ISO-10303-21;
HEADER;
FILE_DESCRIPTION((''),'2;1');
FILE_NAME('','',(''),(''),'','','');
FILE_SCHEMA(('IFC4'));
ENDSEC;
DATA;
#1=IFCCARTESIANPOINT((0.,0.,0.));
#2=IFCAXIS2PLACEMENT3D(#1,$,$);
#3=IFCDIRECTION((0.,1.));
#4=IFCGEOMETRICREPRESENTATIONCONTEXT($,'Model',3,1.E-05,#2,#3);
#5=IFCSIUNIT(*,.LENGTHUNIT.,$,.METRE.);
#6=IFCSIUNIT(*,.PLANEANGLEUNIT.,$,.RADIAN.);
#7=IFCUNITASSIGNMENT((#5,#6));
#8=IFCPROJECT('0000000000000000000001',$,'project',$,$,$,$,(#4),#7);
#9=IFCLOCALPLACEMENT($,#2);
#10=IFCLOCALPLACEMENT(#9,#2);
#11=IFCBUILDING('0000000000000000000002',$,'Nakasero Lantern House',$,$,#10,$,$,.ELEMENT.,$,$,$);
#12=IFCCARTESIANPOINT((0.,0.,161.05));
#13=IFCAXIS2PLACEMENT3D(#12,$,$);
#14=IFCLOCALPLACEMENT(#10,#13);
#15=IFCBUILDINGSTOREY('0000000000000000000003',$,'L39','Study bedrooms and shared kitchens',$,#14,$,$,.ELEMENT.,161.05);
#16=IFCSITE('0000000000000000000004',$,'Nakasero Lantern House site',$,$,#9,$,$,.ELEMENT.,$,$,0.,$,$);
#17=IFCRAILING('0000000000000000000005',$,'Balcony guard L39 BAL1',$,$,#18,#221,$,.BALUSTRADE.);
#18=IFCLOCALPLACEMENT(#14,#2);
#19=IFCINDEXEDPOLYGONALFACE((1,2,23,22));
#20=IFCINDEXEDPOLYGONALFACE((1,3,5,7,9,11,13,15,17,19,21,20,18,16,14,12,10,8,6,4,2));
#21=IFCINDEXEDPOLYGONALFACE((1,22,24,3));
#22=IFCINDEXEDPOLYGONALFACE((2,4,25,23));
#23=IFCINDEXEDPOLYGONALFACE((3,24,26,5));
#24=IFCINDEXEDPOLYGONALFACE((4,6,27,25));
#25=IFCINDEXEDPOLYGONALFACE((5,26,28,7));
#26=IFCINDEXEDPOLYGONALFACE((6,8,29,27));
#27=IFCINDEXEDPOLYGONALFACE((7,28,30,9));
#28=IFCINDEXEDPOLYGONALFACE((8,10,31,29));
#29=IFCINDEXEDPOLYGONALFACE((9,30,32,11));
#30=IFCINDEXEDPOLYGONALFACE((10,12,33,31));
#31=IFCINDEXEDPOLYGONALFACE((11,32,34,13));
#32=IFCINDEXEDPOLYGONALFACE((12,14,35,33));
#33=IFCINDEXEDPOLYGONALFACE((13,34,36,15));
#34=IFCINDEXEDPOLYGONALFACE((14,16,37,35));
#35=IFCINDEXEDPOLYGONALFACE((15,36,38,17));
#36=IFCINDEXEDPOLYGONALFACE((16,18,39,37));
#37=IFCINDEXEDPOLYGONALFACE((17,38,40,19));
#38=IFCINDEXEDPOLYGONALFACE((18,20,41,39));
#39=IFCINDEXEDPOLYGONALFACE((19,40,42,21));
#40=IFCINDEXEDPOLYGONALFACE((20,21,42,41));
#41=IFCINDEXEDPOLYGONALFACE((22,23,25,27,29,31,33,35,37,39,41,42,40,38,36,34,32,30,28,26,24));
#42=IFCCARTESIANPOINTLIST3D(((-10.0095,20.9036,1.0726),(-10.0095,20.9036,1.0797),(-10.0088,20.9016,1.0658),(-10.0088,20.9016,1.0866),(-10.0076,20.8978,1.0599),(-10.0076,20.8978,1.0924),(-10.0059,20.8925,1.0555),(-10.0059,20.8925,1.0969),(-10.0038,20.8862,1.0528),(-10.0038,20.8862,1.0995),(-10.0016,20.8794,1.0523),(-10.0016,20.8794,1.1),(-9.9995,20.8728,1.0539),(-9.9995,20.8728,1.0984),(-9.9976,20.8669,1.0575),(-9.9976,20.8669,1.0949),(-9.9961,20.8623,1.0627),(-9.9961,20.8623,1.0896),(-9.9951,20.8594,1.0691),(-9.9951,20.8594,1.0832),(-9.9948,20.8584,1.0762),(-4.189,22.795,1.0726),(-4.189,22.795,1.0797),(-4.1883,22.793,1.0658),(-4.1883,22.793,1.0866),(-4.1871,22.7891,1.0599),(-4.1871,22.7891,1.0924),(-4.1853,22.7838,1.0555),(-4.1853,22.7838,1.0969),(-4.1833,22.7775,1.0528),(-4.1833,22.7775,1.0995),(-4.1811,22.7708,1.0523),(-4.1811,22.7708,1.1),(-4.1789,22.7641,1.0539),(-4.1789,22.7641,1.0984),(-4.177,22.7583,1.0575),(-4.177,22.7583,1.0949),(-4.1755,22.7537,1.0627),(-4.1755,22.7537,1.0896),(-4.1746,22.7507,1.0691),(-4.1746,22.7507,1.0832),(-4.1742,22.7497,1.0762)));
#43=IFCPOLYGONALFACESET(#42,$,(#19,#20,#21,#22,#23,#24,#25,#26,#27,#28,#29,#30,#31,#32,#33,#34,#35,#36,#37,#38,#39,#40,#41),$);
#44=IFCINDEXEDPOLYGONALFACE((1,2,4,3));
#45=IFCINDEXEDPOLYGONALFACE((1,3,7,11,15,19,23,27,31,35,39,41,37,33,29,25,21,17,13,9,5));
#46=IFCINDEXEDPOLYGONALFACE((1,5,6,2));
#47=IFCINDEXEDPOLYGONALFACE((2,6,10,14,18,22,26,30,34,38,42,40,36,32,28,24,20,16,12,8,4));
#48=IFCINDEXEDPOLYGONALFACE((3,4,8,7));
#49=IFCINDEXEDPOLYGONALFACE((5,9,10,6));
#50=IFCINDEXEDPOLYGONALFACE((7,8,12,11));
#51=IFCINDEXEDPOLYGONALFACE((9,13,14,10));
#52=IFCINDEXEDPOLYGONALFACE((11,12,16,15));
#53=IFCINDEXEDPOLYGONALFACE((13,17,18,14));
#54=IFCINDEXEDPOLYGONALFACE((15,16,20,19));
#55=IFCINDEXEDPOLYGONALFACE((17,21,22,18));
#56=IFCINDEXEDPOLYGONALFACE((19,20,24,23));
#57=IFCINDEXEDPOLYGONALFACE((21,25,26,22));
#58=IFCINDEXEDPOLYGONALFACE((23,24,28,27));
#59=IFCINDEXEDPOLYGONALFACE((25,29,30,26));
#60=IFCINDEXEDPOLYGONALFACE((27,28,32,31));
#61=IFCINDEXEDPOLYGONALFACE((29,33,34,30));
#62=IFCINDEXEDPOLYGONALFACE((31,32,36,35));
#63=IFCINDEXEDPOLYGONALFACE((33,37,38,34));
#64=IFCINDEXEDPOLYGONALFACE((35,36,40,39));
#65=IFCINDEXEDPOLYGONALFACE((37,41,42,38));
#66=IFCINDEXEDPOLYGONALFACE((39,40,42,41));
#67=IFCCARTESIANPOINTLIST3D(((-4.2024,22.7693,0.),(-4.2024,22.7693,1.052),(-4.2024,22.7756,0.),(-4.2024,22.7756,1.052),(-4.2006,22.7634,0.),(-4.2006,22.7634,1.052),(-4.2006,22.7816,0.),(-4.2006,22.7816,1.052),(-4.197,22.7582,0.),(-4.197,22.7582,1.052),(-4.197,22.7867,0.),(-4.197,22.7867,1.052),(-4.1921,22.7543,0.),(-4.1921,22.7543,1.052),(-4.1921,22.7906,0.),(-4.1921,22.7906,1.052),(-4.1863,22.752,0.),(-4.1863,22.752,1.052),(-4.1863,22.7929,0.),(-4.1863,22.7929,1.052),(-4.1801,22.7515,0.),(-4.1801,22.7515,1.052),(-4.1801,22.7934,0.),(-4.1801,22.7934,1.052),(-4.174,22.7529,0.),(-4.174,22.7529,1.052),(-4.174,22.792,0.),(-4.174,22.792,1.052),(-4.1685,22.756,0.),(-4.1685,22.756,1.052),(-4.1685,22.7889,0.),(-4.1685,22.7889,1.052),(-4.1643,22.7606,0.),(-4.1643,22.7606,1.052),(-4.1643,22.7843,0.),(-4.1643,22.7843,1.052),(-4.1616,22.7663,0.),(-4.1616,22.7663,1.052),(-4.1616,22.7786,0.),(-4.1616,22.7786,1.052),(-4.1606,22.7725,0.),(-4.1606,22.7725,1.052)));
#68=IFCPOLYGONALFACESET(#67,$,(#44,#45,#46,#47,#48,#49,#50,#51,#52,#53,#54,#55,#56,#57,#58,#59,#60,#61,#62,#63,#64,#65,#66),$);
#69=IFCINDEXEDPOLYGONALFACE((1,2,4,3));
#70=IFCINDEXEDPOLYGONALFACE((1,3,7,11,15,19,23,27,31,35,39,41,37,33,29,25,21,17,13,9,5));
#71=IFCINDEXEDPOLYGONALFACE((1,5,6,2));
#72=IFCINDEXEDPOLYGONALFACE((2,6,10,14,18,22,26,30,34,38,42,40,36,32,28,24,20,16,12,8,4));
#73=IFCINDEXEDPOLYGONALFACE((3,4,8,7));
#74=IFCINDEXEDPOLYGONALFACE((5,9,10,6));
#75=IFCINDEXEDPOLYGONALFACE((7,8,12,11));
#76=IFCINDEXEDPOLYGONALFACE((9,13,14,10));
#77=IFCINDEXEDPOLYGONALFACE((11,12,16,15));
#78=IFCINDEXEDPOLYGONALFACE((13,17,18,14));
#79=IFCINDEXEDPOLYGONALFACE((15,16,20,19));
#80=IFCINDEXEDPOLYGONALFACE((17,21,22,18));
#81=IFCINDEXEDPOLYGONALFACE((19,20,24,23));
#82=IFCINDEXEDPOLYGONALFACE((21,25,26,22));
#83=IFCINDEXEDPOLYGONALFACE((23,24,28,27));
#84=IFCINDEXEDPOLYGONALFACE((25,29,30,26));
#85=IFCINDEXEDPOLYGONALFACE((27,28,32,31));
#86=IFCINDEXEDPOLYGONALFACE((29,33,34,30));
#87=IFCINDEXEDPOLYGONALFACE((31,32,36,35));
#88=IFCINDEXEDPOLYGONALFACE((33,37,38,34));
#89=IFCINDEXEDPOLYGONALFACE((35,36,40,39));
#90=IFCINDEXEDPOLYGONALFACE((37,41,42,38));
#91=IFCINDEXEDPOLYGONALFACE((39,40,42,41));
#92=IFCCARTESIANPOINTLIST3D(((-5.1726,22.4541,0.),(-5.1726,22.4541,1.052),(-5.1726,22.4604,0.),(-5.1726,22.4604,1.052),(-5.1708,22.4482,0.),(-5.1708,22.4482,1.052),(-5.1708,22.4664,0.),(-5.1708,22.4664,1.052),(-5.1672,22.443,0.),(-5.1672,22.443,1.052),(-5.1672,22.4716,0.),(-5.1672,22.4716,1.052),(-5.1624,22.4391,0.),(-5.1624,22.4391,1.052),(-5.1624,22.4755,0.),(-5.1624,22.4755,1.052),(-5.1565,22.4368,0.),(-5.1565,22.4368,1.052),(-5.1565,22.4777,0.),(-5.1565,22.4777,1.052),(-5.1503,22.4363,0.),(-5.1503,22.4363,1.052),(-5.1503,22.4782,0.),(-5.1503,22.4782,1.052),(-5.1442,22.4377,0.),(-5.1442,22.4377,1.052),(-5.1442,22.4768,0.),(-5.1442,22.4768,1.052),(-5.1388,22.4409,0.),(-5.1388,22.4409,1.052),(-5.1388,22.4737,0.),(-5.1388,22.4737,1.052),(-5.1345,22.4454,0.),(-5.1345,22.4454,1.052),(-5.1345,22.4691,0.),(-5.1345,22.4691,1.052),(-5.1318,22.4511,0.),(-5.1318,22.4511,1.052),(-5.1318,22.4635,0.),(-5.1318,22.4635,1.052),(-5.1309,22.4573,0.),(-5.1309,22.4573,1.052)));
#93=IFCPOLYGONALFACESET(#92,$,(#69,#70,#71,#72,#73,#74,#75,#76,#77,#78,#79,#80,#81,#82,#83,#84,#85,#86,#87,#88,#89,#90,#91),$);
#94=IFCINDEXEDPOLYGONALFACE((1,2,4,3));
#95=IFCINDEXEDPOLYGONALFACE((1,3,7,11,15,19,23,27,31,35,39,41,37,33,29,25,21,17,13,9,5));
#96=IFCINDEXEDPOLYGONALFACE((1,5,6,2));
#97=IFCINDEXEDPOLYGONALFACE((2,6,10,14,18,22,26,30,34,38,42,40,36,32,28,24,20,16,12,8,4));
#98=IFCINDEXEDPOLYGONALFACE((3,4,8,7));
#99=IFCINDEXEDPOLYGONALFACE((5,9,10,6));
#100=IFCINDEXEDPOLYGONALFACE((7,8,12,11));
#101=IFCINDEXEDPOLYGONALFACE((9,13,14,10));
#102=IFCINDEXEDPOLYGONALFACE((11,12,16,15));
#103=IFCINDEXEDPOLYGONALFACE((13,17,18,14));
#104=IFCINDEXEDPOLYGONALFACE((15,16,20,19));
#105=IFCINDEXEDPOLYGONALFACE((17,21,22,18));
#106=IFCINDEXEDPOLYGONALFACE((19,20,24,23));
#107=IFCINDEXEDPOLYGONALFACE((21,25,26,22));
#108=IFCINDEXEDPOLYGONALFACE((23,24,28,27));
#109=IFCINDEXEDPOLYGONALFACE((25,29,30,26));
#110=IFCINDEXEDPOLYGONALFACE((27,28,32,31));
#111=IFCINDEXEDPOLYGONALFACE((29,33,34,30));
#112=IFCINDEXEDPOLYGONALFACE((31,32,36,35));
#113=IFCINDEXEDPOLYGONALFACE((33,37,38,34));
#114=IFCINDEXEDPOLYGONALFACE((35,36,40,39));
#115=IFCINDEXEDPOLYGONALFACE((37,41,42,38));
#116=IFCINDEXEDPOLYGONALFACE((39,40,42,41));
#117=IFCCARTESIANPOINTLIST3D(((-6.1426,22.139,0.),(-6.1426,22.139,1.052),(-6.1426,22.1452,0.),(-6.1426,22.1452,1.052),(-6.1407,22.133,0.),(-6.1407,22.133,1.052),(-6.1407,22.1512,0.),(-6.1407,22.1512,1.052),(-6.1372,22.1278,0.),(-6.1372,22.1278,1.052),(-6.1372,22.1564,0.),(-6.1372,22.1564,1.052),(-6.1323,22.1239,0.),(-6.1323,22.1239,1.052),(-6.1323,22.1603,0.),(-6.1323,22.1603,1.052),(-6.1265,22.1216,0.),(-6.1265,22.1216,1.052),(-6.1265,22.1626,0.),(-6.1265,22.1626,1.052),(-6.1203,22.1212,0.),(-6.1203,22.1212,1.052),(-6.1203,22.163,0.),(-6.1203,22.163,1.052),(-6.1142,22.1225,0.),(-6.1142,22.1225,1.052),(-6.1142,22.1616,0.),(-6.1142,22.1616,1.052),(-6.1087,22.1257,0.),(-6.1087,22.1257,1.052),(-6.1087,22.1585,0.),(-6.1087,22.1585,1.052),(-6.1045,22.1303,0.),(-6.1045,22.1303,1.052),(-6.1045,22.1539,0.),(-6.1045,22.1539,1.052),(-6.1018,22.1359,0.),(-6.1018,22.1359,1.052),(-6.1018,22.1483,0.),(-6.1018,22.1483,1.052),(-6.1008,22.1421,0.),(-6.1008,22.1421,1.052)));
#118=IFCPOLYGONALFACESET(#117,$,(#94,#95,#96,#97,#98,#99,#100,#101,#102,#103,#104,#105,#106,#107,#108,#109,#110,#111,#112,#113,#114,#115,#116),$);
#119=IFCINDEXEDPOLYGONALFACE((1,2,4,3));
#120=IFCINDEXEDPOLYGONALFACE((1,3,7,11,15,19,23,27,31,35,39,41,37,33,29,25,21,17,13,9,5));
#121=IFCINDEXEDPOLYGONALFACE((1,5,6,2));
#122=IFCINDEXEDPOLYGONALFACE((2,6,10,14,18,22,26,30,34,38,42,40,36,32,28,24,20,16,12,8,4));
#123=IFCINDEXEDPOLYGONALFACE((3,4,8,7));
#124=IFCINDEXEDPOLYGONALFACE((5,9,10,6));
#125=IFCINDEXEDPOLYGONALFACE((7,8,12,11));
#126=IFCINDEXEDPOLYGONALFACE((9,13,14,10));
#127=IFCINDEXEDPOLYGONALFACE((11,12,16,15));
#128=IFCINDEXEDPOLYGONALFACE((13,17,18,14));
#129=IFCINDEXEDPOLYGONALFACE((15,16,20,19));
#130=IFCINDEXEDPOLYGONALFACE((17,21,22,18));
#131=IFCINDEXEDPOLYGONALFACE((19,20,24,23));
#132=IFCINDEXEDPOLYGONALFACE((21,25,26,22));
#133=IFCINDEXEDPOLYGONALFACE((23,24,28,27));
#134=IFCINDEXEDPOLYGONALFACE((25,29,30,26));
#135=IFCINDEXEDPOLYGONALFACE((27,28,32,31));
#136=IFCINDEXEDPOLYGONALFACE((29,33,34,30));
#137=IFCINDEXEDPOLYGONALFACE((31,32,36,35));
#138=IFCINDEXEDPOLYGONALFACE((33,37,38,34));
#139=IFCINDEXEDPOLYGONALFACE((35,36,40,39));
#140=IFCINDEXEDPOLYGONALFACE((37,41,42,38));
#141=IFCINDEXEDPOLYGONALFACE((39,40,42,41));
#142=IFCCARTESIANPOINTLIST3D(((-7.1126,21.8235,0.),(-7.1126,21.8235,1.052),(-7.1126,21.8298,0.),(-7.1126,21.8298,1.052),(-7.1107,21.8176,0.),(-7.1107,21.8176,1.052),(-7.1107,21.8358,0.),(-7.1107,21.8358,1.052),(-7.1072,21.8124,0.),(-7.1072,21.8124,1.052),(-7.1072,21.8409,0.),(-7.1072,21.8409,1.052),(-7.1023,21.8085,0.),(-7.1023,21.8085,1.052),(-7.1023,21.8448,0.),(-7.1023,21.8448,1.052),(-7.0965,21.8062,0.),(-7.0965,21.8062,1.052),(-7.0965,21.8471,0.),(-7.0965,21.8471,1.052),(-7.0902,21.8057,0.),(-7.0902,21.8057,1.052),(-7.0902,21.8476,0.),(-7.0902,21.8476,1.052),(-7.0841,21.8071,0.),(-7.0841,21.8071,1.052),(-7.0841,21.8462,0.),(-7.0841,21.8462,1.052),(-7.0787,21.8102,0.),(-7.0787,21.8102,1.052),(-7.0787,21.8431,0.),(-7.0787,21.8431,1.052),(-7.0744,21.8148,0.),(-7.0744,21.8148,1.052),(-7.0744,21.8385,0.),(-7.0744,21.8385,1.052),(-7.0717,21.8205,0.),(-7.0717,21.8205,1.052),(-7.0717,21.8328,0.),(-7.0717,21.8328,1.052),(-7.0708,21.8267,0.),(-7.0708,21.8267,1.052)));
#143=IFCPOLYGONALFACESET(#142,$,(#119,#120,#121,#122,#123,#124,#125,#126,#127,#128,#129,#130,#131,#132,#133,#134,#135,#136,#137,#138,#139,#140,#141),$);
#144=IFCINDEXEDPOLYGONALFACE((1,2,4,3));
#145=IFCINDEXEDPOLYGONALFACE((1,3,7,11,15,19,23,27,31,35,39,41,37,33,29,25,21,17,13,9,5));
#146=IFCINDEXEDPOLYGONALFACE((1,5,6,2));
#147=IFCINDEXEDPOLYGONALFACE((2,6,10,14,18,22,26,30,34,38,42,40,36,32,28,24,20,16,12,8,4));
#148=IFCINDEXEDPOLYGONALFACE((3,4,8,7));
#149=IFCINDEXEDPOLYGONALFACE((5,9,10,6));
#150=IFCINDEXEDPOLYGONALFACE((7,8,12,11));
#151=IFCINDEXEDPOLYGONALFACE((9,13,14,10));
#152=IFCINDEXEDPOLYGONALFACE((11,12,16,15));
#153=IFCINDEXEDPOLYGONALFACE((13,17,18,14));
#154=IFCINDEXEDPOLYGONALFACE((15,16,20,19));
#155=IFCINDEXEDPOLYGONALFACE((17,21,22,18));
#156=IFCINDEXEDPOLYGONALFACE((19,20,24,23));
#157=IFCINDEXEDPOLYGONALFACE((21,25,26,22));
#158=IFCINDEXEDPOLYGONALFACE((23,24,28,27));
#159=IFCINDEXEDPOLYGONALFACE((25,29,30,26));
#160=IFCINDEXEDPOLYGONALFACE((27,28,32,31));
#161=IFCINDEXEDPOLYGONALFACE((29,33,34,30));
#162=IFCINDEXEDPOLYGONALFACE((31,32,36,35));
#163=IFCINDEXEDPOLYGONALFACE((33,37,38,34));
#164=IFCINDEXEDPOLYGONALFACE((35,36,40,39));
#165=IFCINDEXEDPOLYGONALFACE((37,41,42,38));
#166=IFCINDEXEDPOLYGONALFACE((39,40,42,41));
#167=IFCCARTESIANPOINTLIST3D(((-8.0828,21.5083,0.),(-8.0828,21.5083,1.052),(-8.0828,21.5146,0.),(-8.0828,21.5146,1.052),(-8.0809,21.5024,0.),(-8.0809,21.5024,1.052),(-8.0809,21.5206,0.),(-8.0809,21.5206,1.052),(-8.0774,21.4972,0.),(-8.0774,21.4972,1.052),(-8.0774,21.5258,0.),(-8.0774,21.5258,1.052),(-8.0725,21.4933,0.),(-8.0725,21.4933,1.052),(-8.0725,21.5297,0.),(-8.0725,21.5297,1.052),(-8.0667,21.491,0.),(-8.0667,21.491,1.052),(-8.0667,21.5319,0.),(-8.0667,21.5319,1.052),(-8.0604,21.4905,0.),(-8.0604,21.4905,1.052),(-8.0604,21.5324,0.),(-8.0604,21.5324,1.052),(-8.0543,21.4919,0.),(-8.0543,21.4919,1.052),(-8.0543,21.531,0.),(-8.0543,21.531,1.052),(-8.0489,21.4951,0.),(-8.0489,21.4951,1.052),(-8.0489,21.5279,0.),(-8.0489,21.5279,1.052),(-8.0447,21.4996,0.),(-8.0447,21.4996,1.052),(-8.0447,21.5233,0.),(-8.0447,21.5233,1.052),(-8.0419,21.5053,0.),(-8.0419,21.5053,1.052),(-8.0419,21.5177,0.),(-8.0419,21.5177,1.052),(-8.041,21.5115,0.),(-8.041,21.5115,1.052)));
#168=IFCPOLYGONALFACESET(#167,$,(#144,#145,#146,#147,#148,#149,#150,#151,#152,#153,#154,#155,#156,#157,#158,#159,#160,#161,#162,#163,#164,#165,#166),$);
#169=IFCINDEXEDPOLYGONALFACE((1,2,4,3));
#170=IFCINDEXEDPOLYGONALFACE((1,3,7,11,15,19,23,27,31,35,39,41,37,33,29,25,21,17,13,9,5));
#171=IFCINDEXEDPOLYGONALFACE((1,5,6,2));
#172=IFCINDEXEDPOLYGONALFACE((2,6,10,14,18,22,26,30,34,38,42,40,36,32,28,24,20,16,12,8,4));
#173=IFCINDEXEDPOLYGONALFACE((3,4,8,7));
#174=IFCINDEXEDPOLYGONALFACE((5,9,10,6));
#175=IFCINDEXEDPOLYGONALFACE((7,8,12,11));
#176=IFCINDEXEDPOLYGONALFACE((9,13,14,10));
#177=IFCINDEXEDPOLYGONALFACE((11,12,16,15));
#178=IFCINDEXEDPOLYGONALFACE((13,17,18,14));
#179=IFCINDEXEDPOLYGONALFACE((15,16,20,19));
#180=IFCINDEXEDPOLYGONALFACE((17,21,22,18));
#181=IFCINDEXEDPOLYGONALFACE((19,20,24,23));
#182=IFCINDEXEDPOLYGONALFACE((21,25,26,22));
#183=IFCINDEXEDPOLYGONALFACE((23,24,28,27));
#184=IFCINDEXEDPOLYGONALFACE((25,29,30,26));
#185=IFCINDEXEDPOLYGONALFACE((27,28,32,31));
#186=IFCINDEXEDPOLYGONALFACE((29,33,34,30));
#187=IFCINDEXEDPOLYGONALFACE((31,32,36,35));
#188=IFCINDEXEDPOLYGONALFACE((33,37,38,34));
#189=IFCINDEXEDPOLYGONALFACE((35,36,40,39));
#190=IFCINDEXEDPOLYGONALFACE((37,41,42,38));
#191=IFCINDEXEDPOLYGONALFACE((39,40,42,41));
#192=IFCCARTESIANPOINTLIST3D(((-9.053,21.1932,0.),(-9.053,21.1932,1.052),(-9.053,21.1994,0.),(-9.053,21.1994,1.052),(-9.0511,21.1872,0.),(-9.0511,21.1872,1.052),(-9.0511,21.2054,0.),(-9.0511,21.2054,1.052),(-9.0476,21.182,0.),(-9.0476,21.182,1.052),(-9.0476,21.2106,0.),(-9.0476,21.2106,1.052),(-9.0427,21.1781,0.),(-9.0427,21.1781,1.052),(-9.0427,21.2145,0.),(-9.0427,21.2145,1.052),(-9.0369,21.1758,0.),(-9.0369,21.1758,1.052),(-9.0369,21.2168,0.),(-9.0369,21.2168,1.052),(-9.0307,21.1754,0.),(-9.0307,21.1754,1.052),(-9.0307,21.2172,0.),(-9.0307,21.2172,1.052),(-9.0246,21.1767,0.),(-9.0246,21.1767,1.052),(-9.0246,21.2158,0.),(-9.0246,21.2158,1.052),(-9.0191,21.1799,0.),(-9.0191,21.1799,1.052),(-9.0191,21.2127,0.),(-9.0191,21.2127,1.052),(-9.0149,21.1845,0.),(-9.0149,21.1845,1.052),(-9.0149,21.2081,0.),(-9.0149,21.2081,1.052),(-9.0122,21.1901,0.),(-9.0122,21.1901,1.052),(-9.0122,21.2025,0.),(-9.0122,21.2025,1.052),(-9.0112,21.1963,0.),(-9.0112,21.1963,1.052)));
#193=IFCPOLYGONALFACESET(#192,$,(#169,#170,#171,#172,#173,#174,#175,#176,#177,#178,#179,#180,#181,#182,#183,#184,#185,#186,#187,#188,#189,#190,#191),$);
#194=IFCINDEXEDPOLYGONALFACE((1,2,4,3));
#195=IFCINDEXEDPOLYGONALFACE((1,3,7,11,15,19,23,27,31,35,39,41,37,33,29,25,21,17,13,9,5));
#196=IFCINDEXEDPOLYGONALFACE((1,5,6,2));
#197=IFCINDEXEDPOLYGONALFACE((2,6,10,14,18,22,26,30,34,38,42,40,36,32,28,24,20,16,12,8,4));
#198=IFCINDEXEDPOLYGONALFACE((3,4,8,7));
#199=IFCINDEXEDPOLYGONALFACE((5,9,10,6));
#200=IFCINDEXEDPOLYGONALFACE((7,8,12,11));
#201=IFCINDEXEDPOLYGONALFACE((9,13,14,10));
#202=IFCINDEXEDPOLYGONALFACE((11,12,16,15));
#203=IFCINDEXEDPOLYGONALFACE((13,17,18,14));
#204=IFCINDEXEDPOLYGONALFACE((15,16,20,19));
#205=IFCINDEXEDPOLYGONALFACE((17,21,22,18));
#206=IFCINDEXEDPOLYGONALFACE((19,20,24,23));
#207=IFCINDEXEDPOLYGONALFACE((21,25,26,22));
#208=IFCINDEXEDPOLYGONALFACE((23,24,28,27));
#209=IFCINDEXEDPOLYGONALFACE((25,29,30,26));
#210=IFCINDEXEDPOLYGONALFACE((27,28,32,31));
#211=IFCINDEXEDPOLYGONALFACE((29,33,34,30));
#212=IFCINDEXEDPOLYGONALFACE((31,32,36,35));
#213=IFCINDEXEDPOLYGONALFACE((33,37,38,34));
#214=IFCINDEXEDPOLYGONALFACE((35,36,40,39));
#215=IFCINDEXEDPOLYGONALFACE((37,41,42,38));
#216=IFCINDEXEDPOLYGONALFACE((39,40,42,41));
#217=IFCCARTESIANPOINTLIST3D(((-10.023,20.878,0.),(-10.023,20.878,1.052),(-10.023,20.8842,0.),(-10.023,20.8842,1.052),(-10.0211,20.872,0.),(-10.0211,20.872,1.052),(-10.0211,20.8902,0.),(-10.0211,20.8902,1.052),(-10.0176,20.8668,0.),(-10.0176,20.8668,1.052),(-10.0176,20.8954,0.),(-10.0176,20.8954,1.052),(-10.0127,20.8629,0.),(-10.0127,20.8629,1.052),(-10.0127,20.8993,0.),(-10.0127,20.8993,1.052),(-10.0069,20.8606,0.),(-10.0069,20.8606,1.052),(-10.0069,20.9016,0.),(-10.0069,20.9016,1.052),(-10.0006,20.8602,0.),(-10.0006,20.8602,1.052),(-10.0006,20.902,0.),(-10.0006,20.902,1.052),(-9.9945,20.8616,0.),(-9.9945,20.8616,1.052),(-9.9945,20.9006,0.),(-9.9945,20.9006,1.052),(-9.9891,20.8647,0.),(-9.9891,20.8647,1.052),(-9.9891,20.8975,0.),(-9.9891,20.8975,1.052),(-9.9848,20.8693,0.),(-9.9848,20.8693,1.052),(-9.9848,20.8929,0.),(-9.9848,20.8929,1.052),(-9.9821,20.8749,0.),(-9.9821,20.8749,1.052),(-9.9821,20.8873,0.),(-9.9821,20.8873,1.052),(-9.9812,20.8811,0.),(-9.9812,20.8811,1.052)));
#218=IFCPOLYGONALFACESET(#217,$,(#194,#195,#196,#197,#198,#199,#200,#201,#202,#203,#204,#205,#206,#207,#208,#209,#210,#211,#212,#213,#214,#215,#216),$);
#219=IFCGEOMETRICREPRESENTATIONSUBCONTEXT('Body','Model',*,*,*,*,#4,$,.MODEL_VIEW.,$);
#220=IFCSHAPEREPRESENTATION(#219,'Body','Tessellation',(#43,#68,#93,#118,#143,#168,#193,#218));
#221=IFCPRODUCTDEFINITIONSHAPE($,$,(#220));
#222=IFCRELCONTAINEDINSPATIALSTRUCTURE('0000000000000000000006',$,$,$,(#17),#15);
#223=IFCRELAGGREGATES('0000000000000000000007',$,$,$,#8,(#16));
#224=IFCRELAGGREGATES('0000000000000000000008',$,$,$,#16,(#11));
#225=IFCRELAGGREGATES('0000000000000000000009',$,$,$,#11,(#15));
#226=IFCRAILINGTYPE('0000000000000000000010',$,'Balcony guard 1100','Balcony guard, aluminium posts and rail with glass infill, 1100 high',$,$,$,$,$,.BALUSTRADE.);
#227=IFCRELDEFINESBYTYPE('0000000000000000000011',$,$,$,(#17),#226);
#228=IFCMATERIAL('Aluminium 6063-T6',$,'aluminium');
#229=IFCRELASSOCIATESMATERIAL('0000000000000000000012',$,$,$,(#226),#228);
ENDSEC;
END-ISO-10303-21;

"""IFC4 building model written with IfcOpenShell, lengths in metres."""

from ifc_helpers import new_model, si_unit, direction, frame, origin, origin_2d, place, context, subcontext, project, spatial, circle, extrude, material, type_object, element, save


model = new_model("IFC4")

# Units and contexts
model_context = context("Model", 3, precision=1e-05, world=origin(), true_north=direction((0.0, 1.0)))
body_context = subcontext(model_context, "Body", "Model", "MODEL_VIEW")
ifc_project = project(units=[si_unit("LENGTHUNIT", "METRE"), si_unit("PLANEANGLEUNIT", "RADIAN")], contexts=[model_context])

# Site, building, storey
site_placement = place(None, origin())
site = spatial("IfcSite", under=ifc_project, at=site_placement, Name="Nakasero Lantern House site", CompositionType="ELEMENT", RefElevation=0.0)
building_placement = place(site_placement, origin())
building = spatial("IfcBuilding", under=site, at=building_placement, Name="Nakasero Lantern House", CompositionType="ELEMENT")
storey_placement = place(building_placement, frame((0.0, 0.0, 161.05)))
storey = spatial("IfcBuildingStorey", under=building, at=storey_placement, Name="L39", Description="Study bedrooms and shared kitchens", CompositionType="ELEMENT", Elevation=161.05)

# Railing
ifc_material_1 = material(Name="Aluminium 6063-T6", Category="aluminium")
railing_type = type_object("IfcRailingType", Name="Balcony guard 1100", Description="Balcony guard, aluminium posts and rail with glass infill, 1100 high", PredefinedType="BALUSTRADE", material=ifc_material_1)
railing_placement = place(storey_placement, frame((-4.1816, 22.7725, 0.0)))
element("IfcRailing", 1, at=railing_placement, inside=storey, type_object=railing_type, Name="Balcony guard L39 BAL1", PredefinedType="BALUSTRADE", context=body_context, shape_type="SweptSolid", body=[
    extrude(circle(Radius=0.0239, at=origin_2d()), frame((0.0, 0.0, 1.0762), z_axis=(-0.95105, -0.309038, 0.0), x_axis=(0.309038, -0.95105, 0.0)), (0.0, 0.0, 1.0), 6.1201),
    extrude(circle(Radius=0.021, at=origin_2d()), origin(), (0.0, 0.0, 1.0), 1.052),
    extrude(circle(Radius=0.021, at=origin_2d()), frame((-0.9702, -0.3152, 0.0)), (0.0, 0.0, 1.0), 1.052),
    extrude(circle(Radius=0.021, at=origin_2d()), frame((-1.9402, -0.6304, 0.0)), (0.0, 0.0, 1.0), 1.052),
    extrude(circle(Radius=0.021, at=origin_2d()), frame((-2.9102, -0.9458, 0.0)), (0.0, 0.0, 1.0), 1.052),
    extrude(circle(Radius=0.021, at=origin_2d()), frame((-3.8804, -1.261, 0.0)), (0.0, 0.0, 1.0), 1.052),
    extrude(circle(Radius=0.021, at=origin_2d()), frame((-4.8506, -1.5762, 0.0)), (0.0, 0.0, 1.0), 1.052),
    extrude(circle(Radius=0.021, at=origin_2d()), frame((-5.8206, -1.8914, 0.0)), (0.0, 0.0, 1.0), 1.052),
])

save(model, "model.ifc")
